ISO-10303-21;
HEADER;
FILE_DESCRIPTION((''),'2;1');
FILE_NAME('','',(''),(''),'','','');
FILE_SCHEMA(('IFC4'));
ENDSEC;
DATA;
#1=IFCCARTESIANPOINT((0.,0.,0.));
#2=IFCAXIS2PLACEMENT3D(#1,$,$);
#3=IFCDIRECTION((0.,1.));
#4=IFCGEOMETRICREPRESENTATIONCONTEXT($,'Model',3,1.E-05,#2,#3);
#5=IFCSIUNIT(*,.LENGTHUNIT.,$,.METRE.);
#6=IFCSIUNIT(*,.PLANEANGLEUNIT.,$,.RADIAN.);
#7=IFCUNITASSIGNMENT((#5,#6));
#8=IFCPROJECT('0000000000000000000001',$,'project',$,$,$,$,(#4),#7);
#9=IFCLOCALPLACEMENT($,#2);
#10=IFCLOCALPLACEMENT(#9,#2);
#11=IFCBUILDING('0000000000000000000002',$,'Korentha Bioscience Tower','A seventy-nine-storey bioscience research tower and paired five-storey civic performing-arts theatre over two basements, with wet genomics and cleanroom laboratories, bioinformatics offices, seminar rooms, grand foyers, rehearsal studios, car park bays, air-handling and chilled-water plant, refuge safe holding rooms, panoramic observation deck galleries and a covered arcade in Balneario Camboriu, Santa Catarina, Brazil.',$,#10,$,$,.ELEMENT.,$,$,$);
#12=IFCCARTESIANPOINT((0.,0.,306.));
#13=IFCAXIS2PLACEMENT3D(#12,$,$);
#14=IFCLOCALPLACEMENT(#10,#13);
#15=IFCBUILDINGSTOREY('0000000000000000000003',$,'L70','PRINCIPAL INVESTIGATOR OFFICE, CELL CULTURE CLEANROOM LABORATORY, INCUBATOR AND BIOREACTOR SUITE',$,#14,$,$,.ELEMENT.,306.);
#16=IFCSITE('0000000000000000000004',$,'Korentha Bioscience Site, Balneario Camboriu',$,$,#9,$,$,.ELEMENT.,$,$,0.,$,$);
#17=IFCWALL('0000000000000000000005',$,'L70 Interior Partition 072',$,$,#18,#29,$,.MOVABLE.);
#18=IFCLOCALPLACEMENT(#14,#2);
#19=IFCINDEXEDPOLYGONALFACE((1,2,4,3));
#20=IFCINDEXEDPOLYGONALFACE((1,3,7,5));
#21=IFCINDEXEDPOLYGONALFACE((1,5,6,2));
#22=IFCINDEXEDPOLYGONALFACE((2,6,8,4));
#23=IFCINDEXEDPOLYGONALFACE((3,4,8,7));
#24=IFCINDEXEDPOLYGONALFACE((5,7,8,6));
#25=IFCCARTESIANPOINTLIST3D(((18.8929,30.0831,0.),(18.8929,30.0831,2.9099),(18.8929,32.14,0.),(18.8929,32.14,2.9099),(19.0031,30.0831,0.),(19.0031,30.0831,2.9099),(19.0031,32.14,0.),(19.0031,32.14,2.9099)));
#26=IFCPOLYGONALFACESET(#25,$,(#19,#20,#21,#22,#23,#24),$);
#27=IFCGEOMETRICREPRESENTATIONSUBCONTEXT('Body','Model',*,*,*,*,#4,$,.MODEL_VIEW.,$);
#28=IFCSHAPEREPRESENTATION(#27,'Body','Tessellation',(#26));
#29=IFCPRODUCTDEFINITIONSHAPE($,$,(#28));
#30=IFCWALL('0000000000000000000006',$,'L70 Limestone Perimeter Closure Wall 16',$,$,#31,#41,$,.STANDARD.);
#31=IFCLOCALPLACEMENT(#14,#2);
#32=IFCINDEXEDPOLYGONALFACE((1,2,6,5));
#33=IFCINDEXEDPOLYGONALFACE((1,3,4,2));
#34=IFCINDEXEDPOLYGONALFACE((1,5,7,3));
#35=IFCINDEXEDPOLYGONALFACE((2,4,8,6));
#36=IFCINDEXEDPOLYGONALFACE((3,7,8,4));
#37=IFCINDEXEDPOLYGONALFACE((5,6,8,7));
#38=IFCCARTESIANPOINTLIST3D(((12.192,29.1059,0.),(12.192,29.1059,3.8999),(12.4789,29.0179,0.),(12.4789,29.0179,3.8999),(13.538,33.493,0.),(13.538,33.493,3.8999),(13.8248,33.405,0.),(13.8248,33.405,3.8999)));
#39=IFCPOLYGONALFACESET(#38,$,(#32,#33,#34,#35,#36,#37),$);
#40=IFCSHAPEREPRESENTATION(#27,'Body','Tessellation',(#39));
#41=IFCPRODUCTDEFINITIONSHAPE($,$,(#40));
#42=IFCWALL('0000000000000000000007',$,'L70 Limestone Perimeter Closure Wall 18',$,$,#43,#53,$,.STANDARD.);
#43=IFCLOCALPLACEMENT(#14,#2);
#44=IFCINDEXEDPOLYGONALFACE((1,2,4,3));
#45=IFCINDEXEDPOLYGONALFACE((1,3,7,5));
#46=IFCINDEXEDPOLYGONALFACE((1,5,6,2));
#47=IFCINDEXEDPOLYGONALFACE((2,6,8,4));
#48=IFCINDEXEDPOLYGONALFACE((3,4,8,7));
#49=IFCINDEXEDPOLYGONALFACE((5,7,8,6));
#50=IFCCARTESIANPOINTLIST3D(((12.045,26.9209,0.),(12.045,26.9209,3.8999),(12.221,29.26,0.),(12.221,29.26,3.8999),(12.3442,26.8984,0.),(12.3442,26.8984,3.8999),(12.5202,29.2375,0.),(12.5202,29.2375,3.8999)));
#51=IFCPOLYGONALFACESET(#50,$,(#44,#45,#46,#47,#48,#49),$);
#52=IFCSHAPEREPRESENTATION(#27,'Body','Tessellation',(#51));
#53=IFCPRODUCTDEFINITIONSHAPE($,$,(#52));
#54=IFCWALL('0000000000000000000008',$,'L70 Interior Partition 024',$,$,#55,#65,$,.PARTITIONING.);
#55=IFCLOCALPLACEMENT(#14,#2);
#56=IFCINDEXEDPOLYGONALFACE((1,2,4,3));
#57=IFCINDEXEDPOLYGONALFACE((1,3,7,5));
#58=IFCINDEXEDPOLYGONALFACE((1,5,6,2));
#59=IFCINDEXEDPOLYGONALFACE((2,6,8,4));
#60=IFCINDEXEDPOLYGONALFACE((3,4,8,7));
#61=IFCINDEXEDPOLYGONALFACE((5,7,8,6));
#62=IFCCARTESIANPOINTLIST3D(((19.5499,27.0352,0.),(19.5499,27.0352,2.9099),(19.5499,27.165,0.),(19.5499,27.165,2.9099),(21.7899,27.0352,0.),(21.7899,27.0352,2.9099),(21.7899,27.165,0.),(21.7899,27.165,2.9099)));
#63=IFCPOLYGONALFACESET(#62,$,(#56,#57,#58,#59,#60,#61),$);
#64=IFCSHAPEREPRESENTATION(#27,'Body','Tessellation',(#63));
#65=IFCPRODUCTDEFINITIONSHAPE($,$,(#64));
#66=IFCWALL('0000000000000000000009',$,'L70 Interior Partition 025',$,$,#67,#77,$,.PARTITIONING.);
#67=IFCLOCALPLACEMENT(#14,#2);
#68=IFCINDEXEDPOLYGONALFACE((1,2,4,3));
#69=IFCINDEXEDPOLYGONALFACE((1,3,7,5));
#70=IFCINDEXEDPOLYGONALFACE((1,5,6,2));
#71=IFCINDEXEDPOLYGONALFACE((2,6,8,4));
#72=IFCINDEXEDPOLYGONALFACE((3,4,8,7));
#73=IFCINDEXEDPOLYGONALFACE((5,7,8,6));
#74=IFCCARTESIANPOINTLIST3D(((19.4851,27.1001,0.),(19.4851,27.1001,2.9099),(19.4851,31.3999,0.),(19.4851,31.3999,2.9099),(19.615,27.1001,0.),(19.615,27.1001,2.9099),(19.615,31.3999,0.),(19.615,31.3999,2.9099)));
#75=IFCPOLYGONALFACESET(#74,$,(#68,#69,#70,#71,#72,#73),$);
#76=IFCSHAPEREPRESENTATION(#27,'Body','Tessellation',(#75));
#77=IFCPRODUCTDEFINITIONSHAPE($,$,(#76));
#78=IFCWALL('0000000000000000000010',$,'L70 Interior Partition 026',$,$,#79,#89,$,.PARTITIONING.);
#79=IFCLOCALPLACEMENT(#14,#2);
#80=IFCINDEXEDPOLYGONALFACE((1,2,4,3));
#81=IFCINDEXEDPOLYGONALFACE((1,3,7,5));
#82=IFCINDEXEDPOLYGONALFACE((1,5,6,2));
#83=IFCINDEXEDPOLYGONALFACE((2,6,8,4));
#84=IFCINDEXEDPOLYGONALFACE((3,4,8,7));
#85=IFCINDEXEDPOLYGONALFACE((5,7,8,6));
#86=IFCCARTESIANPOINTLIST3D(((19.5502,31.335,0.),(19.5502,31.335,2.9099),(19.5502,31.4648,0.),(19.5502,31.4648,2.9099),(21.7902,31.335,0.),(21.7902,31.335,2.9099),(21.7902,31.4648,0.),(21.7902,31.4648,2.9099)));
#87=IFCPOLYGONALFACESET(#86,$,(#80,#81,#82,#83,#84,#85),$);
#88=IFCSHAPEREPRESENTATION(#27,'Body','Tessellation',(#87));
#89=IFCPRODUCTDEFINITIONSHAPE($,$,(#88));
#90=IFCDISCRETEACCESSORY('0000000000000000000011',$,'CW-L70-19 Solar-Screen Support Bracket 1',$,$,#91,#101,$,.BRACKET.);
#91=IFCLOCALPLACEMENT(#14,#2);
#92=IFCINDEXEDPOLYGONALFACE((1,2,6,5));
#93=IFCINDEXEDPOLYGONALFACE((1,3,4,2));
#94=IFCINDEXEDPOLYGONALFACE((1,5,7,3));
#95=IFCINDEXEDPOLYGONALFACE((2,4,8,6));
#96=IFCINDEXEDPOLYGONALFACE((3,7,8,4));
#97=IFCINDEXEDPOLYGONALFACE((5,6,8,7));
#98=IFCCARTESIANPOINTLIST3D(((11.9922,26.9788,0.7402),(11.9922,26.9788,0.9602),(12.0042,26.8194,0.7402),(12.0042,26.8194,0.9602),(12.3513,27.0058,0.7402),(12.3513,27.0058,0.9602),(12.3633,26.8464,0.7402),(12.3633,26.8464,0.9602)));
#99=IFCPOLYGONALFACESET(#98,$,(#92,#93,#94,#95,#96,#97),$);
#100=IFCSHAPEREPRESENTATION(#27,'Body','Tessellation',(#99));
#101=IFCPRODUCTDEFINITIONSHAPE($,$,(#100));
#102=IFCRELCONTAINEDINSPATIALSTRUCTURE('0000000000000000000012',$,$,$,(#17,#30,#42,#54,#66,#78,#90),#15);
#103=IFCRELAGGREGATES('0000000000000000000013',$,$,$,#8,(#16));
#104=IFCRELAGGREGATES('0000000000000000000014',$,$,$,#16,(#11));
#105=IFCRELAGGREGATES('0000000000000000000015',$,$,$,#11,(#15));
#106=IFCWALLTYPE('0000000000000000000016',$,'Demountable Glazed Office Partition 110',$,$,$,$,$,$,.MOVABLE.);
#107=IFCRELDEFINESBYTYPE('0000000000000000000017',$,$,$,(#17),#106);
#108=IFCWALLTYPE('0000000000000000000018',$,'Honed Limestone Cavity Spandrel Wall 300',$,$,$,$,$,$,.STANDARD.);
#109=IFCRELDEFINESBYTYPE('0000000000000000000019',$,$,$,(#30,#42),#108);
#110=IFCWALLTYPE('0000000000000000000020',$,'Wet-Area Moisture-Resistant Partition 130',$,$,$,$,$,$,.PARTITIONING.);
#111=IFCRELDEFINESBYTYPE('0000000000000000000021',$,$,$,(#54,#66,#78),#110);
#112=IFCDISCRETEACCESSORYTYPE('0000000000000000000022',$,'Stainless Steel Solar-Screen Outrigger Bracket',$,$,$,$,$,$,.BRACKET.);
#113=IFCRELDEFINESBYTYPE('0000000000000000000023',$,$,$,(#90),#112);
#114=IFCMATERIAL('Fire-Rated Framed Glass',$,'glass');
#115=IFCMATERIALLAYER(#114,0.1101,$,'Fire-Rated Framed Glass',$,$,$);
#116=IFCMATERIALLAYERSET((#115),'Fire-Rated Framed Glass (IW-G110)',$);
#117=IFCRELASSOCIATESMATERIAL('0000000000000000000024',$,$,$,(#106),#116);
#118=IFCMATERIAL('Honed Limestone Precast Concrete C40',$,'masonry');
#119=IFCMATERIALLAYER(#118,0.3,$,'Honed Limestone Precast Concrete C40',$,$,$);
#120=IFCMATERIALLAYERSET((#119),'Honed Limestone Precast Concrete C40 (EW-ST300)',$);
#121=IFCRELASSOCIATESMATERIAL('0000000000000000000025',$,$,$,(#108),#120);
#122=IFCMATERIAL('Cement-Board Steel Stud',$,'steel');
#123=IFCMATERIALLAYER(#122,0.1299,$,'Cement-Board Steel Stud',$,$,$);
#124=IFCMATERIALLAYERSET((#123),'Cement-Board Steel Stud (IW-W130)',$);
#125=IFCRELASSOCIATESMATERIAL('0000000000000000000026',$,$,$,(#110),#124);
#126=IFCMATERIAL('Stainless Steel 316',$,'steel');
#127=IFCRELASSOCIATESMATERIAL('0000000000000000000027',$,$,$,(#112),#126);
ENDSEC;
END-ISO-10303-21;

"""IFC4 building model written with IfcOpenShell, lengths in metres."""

from ifc_helpers import new_model, si_unit, direction, frame, frame_2d, origin, origin_2d, place, context, subcontext, project, spatial, rectangle, extrude, material, layer, layer_set, type_object, element, save


model = new_model("IFC4")

# Units and contexts
model_context = context("Model", 3, precision=1e-05, world=origin(), true_north=direction((0.0, 1.0)))
body_context = subcontext(model_context, "Body", "Model", "MODEL_VIEW")
ifc_project = project(units=[si_unit("LENGTHUNIT", "METRE"), si_unit("PLANEANGLEUNIT", "RADIAN")], contexts=[model_context])

# Site, building, storey
site_placement = place(None, origin())
site = spatial("IfcSite", under=ifc_project, at=site_placement, Name="Korentha Bioscience Site, Balneario Camboriu", CompositionType="ELEMENT", RefElevation=0.0)
building_placement = place(site_placement, origin())
building = spatial("IfcBuilding", under=site, at=building_placement, Name="Korentha Bioscience Tower", Description="A seventy-nine-storey bioscience research tower and paired five-storey civic performing-arts theatre over two basements, with wet genomics and cleanroom laboratories, bioinformatics offices, seminar rooms, grand foyers, rehearsal studios, car park bays, air-handling and chilled-water plant, refuge safe holding rooms, panoramic observation deck galleries and a covered arcade in Balneario Camboriu, Santa Catarina, Brazil.", CompositionType="ELEMENT")
storey_placement = place(building_placement, frame((0.0, 0.0, 306.0)))
storey = spatial("IfcBuildingStorey", under=building, at=storey_placement, Name="L70", Description="PRINCIPAL INVESTIGATOR OFFICE, CELL CULTURE CLEANROOM LABORATORY, INCUBATOR AND BIOREACTOR SUITE", CompositionType="ELEMENT", Elevation=306.0)

# Wall
ifc_material_1 = material(Name="Fire-Rated Framed Glass", Category="glass")
ifc_layer_1 = layer(ifc_material_1, 0.1101, Name="Fire-Rated Framed Glass")
ifc_layer_set_1 = layer_set([ifc_layer_1], Name="Fire-Rated Framed Glass (IW-G110)")
wall_type_1 = type_object("IfcWallType", Name="Demountable Glazed Office Partition 110", PredefinedType="MOVABLE", material=ifc_layer_set_1)
wall_1_placement = place(storey_placement, frame((18.948, 32.1399, 0.0), z_axis=(0.0, 0.0, 1.0), x_axis=(0.0, -1.0, 0.0)))
element("IfcWall", 1, at=wall_1_placement, inside=storey, type_object=wall_type_1, Name="L70 Interior Partition 072", PredefinedType="MOVABLE", context=body_context, shape_type="SweptSolid", body=[
    extrude(rectangle(XDim=2.0569, YDim=0.1101, at=frame_2d((1.0283, 0.0))), origin(), (0.0, 0.0, 1.0), 2.9099),
])

# Walls
ifc_material_2 = material(Name="Honed Limestone Precast Concrete C40", Category="masonry")
ifc_layer_2 = layer(ifc_material_2, 0.3, Name="Honed Limestone Precast Concrete C40")
ifc_layer_set_2 = layer_set([ifc_layer_2], Name="Honed Limestone Precast Concrete C40 (EW-ST300)")
wall_type_2 = type_object("IfcWallType", Name="Honed Limestone Cavity Spandrel Wall 300", PredefinedType="STANDARD", material=ifc_layer_set_2)
wall_2_placement = place(storey_placement, frame((13.6814, 33.449, 0.0), z_axis=(0.0, 0.0, 1.0), x_axis=(-0.293312, -0.956017, 0.0)))
element("IfcWall", 2, at=wall_2_placement, inside=storey, type_object=wall_type_2, Name="L70 Limestone Perimeter Closure Wall 16", PredefinedType="STANDARD", context=body_context, shape_type="SweptSolid", body=[
    extrude(rectangle(XDim=4.5889, YDim=0.3, at=frame_2d((2.2944, 0.0))), origin(), (0.0, 0.0, 1.0), 3.8999),
])
wall_3_placement = place(storey_placement, frame((12.3706, 29.2488, 0.0), z_axis=(0.0, 0.0, 1.0), x_axis=(-0.075041, -0.99718, 0.0)))
element("IfcWall", 3, at=wall_3_placement, inside=storey, type_object=wall_type_2, Name="L70 Limestone Perimeter Closure Wall 18", PredefinedType="STANDARD", context=body_context, shape_type="SweptSolid", body=[
    extrude(rectangle(XDim=2.3457, YDim=0.3, at=frame_2d((1.1729, 0.0))), origin(), (0.0, 0.0, 1.0), 3.8999),
])
ifc_material_3 = material(Name="Cement-Board Steel Stud", Category="steel")
ifc_layer_3 = layer(ifc_material_3, 0.1299, Name="Cement-Board Steel Stud")
ifc_layer_set_3 = layer_set([ifc_layer_3], Name="Cement-Board Steel Stud (IW-W130)")
wall_type_3 = type_object("IfcWallType", Name="Wet-Area Moisture-Resistant Partition 130", PredefinedType="PARTITIONING", material=ifc_layer_set_3)
wall_4_placement = place(storey_placement, frame((21.79, 27.1001, 0.0), z_axis=(0.0, 0.0, 1.0), x_axis=(-1.0, 0.0, 0.0)))
element("IfcWall", 4, at=wall_4_placement, inside=storey, type_object=wall_type_3, Name="L70 Interior Partition 024", PredefinedType="PARTITIONING", context=body_context, shape_type="SweptSolid", body=[
    extrude(rectangle(XDim=2.24, YDim=0.1299, at=frame_2d((1.1201, 0.0))), origin(), (0.0, 0.0, 1.0), 2.9099),
])
wall_5_placement = place(storey_placement, frame((19.55, 27.1001, 0.0), z_axis=(0.0, 0.0, 1.0), x_axis=(0.0, 1.0, 0.0)))
element("IfcWall", 5, at=wall_5_placement, inside=storey, type_object=wall_type_3, Name="L70 Interior Partition 025", PredefinedType="PARTITIONING", context=body_context, shape_type="SweptSolid", body=[
    extrude(rectangle(XDim=4.2998, YDim=0.1299, at=frame_2d((2.1499, 0.0))), origin(), (0.0, 0.0, 1.0), 2.9099),
])
wall_6_placement = place(storey_placement, frame((19.55, 31.3999, 0.0), z_axis=(0.0, 0.0, 1.0), x_axis=(1.0, 0.0, 0.0)))
element("IfcWall", 6, at=wall_6_placement, inside=storey, type_object=wall_type_3, Name="L70 Interior Partition 026", PredefinedType="PARTITIONING", context=body_context, shape_type="SweptSolid", body=[
    extrude(rectangle(XDim=2.24, YDim=0.1299, at=frame_2d((1.1201, 0.0))), origin(), (0.0, 0.0, 1.0), 2.9099),
])

# Discrete accessory
ifc_material_4 = material(Name="Stainless Steel 316", Category="steel")
discrete_accessory_type = type_object("IfcDiscreteAccessoryType", Name="Stainless Steel Solar-Screen Outrigger Bracket", PredefinedType="BRACKET", material=ifc_material_4)
discrete_accessory_placement = place(storey_placement, frame((12.1777, 26.9126, 0.7402), z_axis=(0.0, 0.0, 1.0), x_axis=(0.075073, -0.997178, 0.0)))
element("IfcDiscreteAccessory", 7, at=discrete_accessory_placement, inside=storey, type_object=discrete_accessory_type, Name="CW-L70-19 Solar-Screen Support Bracket 1", PredefinedType="BRACKET", context=body_context, shape_type="SweptSolid", body=[
    extrude(rectangle(XDim=0.1599, YDim=0.3601, at=origin_2d()), origin(), (0.0, 0.0, 1.0), 0.22),
])

save(model, "model.ifc")
